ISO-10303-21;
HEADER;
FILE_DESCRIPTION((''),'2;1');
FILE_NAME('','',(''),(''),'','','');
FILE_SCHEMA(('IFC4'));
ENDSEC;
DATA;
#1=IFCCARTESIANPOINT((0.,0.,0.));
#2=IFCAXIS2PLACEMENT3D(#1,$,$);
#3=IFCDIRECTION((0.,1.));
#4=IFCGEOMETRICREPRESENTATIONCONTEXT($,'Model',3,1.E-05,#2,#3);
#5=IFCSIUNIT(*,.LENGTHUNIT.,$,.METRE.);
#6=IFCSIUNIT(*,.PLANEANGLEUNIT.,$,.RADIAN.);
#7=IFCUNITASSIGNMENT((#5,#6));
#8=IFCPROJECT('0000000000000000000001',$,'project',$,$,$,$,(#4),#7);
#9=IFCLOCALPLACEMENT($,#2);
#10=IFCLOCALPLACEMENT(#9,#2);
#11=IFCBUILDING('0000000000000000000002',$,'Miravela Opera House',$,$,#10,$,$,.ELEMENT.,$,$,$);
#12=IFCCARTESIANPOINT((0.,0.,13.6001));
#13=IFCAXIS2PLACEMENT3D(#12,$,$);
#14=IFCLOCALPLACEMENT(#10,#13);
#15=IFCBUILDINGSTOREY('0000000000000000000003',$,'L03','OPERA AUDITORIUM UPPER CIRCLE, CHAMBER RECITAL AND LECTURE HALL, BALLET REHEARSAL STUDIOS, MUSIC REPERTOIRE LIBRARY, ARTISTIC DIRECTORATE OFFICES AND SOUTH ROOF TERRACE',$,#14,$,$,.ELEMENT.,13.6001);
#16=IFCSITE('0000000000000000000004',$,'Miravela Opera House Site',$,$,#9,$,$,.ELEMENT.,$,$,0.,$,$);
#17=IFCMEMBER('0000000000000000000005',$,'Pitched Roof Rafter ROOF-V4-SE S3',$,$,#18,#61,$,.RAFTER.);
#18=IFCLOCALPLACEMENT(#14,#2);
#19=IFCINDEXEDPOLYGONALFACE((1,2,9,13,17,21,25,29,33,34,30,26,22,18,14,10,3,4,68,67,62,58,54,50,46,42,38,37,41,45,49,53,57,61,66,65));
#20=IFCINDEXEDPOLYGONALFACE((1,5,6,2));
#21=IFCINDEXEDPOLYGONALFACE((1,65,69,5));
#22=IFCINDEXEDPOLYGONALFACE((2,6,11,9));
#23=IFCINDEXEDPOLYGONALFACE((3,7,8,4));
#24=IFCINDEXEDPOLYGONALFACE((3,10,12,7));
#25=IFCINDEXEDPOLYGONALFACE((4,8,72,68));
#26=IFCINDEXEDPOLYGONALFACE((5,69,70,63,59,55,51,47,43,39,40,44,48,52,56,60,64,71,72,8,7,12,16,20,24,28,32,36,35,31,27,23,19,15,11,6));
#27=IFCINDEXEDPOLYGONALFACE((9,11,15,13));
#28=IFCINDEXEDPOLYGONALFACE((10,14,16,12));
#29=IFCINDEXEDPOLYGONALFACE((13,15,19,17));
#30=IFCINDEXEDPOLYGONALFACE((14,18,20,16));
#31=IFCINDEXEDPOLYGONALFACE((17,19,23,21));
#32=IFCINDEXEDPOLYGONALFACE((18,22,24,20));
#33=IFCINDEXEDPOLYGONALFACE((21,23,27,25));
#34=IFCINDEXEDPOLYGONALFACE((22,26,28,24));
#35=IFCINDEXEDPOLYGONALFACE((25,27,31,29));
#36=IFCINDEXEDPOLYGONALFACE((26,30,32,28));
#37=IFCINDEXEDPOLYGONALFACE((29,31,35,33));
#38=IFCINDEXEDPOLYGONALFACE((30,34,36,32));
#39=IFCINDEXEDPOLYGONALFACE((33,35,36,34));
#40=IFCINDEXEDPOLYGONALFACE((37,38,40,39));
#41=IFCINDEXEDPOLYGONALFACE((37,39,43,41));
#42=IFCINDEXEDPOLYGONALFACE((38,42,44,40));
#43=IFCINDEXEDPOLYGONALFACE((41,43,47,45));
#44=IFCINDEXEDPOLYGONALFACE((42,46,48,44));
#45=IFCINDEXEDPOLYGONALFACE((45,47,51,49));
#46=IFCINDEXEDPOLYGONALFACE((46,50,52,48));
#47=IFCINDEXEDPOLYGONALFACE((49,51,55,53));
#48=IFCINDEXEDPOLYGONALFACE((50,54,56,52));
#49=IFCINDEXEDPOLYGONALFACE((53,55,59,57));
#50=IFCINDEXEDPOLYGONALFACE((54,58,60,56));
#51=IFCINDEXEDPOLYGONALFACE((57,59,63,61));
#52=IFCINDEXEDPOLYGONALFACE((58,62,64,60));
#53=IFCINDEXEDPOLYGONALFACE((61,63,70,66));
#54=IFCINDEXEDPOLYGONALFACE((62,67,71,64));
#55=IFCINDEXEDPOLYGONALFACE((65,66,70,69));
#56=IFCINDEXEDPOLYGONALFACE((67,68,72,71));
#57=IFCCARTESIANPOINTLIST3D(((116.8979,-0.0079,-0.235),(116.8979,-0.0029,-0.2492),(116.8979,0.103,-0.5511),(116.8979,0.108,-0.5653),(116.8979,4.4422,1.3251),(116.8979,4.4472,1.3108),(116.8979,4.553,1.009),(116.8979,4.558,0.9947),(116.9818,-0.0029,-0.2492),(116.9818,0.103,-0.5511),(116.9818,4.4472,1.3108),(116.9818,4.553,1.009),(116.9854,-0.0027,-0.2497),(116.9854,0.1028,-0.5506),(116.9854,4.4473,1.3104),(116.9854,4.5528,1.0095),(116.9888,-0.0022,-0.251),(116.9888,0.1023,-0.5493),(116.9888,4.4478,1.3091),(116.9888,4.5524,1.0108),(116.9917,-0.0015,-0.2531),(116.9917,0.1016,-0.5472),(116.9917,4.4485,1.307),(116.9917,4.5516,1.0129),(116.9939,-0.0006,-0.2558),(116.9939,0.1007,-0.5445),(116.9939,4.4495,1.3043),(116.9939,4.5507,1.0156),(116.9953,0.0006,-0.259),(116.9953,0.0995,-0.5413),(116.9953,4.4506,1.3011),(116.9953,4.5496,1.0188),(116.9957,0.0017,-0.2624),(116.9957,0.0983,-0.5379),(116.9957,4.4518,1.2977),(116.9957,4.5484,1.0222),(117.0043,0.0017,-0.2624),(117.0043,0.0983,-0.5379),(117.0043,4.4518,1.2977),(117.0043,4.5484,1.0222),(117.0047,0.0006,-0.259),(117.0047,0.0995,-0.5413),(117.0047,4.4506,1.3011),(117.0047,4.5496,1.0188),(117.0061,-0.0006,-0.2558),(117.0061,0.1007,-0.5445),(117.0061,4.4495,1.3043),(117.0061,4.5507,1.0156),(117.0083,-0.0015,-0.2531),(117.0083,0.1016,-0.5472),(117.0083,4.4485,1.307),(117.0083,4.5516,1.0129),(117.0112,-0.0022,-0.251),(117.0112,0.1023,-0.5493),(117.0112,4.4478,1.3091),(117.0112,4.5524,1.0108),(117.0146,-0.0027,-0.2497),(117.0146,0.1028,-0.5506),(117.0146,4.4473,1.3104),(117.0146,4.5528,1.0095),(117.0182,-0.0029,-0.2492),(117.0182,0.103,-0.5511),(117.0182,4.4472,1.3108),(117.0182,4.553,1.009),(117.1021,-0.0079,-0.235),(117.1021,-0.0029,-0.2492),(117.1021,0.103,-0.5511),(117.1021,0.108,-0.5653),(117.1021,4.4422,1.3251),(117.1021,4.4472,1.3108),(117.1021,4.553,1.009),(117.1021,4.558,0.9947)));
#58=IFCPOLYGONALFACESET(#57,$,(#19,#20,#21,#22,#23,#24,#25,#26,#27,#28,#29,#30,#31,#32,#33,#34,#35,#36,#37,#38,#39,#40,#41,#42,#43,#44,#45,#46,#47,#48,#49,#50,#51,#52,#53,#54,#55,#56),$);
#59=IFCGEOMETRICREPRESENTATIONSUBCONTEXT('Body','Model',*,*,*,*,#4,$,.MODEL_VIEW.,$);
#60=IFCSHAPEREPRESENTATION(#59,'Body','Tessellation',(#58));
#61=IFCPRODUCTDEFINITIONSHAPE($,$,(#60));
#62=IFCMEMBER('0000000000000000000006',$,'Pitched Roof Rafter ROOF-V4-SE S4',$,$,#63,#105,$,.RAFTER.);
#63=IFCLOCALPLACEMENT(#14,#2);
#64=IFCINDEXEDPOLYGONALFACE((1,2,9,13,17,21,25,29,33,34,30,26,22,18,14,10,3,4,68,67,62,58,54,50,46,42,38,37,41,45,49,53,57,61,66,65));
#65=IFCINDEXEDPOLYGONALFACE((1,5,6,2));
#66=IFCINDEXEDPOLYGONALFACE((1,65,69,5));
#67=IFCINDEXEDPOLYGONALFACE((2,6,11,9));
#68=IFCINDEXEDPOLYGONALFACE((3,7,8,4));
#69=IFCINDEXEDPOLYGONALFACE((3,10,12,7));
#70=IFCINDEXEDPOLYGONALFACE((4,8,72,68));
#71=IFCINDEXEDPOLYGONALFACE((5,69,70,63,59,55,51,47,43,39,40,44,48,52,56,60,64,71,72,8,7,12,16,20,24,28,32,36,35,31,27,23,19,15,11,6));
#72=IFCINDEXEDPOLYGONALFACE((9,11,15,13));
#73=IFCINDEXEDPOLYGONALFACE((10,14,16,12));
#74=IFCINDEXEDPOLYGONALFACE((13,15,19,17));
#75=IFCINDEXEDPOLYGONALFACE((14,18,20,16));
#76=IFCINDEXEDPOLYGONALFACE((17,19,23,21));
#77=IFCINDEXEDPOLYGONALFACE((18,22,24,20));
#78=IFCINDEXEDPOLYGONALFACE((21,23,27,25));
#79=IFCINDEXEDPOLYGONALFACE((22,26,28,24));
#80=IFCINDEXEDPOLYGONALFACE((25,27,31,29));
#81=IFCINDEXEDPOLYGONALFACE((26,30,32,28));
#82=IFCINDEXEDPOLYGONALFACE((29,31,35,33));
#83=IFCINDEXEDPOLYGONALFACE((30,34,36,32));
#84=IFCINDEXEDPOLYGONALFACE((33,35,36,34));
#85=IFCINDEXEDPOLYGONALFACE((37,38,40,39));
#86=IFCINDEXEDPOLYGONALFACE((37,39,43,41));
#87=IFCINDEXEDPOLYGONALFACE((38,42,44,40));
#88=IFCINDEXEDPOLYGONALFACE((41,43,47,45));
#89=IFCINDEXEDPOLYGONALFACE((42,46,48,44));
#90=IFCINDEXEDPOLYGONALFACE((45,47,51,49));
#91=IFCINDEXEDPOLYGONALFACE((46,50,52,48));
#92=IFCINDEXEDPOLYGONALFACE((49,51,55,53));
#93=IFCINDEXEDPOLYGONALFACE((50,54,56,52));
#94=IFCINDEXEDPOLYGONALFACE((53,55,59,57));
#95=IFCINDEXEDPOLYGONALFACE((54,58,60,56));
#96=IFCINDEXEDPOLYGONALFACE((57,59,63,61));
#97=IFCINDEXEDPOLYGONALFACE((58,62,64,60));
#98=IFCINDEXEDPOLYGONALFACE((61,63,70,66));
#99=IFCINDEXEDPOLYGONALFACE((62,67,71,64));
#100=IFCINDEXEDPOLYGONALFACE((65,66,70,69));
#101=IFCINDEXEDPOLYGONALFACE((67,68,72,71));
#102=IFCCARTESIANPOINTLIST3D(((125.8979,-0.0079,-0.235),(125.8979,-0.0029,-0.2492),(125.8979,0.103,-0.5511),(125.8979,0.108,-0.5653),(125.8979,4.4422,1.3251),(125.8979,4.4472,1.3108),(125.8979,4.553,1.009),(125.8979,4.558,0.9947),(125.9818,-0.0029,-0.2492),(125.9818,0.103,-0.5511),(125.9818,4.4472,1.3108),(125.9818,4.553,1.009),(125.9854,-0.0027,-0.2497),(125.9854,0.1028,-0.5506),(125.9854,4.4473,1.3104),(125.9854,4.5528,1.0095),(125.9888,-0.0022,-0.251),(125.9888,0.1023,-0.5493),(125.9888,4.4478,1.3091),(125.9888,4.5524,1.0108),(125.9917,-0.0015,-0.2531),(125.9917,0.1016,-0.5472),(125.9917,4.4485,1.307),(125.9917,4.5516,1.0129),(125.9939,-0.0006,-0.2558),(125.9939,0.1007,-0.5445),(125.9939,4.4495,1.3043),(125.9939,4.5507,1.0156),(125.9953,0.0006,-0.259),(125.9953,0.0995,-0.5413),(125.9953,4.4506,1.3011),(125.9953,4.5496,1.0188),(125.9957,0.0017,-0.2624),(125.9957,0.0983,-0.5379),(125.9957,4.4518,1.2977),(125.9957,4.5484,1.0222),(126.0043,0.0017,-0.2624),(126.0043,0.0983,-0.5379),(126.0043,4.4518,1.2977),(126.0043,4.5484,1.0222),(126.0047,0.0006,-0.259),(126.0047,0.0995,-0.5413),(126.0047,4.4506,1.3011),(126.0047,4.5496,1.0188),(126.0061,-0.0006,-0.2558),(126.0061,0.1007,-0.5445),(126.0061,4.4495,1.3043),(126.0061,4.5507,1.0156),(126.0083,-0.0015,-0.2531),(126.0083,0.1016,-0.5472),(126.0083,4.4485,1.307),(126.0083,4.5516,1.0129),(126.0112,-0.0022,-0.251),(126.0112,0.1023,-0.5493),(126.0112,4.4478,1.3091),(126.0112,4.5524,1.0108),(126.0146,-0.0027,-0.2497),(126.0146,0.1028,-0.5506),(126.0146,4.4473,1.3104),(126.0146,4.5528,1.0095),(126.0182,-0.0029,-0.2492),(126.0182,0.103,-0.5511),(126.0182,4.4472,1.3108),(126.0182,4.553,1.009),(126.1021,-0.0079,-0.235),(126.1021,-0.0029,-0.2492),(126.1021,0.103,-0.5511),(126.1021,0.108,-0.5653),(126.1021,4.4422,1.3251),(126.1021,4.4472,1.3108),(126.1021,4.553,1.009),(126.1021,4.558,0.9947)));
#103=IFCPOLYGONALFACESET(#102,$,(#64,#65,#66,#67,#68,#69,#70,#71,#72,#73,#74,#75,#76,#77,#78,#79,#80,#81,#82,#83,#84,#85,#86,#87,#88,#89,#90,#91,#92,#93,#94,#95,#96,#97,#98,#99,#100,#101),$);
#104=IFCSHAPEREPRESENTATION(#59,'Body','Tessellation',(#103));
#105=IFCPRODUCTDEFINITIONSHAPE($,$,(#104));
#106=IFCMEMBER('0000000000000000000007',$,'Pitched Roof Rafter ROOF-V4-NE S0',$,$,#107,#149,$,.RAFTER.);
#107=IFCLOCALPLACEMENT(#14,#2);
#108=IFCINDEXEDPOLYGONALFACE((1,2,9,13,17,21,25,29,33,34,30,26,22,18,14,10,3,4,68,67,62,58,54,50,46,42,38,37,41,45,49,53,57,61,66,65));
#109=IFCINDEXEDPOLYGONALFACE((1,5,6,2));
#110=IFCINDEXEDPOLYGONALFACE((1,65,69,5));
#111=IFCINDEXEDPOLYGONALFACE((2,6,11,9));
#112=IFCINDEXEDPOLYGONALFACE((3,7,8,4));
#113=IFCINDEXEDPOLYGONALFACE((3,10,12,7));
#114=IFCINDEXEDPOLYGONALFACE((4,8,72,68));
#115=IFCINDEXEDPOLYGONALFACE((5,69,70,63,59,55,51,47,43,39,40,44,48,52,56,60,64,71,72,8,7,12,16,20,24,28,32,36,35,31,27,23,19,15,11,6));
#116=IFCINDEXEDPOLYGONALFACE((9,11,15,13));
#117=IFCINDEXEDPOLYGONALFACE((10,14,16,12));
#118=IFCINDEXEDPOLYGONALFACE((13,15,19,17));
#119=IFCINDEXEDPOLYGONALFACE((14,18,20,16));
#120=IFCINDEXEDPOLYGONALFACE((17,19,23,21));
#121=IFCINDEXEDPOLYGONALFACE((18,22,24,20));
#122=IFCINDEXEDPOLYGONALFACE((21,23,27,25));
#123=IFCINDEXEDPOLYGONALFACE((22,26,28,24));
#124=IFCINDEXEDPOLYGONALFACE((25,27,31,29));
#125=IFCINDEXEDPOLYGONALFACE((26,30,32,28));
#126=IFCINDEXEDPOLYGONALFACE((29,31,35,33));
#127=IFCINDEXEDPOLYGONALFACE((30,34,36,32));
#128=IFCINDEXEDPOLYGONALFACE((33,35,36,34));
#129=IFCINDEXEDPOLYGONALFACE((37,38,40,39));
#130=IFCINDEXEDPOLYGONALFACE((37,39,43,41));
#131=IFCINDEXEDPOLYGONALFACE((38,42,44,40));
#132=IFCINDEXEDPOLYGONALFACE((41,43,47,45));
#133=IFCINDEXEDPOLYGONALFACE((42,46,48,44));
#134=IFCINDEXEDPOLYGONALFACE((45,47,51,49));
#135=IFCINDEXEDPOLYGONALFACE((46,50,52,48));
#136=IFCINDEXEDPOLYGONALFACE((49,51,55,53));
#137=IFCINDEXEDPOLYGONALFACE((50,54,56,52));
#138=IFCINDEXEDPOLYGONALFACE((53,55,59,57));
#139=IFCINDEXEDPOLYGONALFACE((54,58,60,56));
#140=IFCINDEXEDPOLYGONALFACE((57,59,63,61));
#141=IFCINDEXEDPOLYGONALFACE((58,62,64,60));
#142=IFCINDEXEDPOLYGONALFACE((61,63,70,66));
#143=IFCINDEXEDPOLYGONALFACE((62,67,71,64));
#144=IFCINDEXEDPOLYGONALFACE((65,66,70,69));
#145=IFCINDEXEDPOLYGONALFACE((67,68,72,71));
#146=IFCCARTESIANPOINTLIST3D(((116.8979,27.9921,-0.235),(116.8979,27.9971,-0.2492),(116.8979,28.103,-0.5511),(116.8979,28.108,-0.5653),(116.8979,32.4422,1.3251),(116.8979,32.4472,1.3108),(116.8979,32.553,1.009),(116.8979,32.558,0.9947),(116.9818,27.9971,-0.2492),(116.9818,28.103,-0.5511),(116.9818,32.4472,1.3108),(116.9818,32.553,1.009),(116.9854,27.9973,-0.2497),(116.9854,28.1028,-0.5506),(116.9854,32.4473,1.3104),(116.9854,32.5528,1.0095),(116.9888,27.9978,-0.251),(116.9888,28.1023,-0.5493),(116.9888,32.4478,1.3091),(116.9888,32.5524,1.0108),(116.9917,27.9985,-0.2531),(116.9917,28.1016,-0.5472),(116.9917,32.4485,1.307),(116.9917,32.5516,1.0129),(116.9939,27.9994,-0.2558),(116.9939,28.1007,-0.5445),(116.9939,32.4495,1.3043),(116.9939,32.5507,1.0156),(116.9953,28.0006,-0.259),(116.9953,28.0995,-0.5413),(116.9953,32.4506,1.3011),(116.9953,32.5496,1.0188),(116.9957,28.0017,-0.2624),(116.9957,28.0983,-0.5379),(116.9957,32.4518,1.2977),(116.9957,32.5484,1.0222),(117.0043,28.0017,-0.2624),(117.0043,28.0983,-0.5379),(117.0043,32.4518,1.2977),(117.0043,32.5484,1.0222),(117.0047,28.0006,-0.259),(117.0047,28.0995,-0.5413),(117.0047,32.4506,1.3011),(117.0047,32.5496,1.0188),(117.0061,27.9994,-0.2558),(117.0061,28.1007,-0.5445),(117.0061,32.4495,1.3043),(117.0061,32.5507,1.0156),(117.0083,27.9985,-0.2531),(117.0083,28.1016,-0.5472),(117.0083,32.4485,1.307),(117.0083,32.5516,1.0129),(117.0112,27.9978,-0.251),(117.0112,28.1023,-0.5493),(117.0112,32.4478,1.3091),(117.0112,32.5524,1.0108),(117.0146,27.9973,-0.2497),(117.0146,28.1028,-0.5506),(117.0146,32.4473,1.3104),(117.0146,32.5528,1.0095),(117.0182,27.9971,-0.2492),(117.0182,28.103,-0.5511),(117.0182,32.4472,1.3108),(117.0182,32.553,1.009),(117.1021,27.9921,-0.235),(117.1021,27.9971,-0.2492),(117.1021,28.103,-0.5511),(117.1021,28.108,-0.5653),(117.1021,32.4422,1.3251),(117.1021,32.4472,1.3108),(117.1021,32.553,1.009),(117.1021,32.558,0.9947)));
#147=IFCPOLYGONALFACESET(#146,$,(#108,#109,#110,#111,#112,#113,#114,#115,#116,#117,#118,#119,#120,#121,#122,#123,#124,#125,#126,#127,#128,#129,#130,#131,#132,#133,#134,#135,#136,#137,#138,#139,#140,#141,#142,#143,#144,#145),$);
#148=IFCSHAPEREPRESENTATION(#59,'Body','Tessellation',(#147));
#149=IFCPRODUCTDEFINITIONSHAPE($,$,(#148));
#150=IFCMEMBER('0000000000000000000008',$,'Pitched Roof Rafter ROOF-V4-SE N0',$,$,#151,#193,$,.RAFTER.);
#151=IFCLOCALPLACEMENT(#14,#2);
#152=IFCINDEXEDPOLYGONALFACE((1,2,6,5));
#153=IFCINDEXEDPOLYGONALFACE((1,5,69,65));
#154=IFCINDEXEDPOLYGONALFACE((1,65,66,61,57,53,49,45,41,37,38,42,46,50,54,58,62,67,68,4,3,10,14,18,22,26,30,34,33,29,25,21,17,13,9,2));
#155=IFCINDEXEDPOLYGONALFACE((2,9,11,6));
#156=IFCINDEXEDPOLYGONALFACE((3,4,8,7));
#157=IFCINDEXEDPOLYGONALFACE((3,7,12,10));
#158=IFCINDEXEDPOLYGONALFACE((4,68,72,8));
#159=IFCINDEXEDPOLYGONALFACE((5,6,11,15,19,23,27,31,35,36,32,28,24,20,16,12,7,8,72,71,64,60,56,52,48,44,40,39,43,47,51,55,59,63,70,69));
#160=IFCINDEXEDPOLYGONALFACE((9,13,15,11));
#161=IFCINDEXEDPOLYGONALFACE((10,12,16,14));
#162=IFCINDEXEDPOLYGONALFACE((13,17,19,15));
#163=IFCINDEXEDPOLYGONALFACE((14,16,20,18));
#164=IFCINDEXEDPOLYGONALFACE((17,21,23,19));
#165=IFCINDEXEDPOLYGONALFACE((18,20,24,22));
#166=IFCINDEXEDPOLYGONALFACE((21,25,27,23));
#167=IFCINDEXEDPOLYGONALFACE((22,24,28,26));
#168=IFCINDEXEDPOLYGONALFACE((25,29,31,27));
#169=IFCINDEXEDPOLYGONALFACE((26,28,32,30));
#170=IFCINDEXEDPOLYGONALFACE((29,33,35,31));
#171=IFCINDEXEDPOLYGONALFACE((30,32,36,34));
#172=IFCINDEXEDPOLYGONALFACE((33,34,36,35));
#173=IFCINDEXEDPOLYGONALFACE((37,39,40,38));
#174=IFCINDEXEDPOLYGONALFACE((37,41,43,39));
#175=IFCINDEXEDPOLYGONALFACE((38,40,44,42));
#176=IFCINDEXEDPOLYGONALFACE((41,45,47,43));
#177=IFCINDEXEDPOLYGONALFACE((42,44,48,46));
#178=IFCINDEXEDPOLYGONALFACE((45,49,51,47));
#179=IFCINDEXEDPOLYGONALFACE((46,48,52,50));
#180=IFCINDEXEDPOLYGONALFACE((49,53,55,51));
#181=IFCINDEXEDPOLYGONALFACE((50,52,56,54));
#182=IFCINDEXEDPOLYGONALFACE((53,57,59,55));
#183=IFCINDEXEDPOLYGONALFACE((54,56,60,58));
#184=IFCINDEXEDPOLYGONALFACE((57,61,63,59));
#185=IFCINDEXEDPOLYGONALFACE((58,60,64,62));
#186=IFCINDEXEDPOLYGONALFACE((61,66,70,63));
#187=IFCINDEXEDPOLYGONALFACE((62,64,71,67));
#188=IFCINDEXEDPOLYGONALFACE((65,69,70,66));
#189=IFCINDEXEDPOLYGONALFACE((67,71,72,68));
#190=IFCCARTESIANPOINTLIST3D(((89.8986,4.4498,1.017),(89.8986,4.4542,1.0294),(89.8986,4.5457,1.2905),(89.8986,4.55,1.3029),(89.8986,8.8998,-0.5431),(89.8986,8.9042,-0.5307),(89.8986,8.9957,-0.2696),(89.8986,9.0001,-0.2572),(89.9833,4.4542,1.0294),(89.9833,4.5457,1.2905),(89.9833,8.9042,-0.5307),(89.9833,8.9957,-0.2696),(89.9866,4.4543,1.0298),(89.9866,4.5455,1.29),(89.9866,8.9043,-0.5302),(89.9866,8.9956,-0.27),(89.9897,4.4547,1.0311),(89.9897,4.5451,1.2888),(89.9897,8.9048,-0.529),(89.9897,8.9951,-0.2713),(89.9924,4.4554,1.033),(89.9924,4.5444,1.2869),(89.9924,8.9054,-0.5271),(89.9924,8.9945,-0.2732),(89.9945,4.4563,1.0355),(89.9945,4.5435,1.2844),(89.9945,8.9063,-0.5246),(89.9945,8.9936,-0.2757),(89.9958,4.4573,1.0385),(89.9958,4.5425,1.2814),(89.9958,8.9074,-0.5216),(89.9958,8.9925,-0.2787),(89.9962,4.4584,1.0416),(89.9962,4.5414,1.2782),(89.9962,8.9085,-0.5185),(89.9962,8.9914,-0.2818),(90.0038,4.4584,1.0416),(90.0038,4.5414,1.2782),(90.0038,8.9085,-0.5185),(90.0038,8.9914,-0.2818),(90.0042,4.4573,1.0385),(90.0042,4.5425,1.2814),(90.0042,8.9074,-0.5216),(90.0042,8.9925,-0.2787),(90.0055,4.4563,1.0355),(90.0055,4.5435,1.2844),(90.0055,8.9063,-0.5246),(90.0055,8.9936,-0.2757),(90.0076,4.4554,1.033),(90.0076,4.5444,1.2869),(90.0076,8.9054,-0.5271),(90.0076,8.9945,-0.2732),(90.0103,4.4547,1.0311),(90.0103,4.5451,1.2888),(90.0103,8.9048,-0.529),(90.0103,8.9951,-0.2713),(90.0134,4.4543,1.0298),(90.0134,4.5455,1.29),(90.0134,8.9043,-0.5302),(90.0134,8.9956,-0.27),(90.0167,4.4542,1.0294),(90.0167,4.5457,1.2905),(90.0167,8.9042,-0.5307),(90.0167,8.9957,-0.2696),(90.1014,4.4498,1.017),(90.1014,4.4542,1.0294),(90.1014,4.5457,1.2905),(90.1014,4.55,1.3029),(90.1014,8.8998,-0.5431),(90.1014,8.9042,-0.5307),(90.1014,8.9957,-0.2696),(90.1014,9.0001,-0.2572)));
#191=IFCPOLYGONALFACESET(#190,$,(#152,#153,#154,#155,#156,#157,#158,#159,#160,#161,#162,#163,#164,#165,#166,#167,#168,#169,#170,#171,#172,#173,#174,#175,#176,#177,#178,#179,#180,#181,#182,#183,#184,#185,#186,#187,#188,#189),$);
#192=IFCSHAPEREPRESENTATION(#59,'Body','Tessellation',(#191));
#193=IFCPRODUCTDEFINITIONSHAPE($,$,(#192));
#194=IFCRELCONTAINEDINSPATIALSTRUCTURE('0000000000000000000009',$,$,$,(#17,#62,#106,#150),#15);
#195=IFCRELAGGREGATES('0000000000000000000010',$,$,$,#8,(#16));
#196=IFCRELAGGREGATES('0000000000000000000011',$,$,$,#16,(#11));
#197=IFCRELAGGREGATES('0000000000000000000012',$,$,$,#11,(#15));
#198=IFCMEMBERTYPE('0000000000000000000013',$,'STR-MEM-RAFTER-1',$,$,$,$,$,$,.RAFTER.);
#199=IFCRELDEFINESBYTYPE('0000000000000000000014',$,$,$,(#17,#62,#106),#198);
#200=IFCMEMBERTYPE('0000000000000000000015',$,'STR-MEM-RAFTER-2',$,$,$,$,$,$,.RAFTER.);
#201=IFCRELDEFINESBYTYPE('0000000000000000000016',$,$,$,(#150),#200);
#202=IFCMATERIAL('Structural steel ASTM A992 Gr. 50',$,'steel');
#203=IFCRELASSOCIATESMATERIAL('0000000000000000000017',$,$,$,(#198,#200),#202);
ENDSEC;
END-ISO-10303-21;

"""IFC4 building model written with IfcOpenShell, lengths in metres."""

from ifc_helpers import new_model, si_unit, direction, frame, origin, origin_2d, place, context, subcontext, project, spatial, i_section, extrude, material, material_profile, profile_set, type_object, element, save


model = new_model("IFC4")

# Units and contexts
model_context = context("Model", 3, precision=1e-05, world=origin(), true_north=direction((0.0, 1.0)))
body_context = subcontext(model_context, "Body", "Model", "MODEL_VIEW")
ifc_project = project(units=[si_unit("LENGTHUNIT", "METRE"), si_unit("PLANEANGLEUNIT", "RADIAN")], contexts=[model_context])

# Site, building, storey
site_placement = place(None, origin())
site = spatial("IfcSite", under=ifc_project, at=site_placement, Name="Miravela Opera House Site", CompositionType="ELEMENT", RefElevation=0.0)
building_placement = place(site_placement, origin())
building = spatial("IfcBuilding", under=site, at=building_placement, Name="Miravela Opera House", CompositionType="ELEMENT")
storey_placement = place(building_placement, frame((0.0, 0.0, 13.6001)))
storey = spatial("IfcBuildingStorey", under=building, at=storey_placement, Name="L03", Description="OPERA AUDITORIUM UPPER CIRCLE, CHAMBER RECITAL AND LECTURE HALL, BALLET REHEARSAL STUDIOS, MUSIC REPERTOIRE LIBRARY, ARTISTIC DIRECTORATE OFFICES AND SOUTH ROOF TERRACE", CompositionType="ELEMENT", Elevation=13.6001)

# Shared definitions
ifc_material_1 = material(Name="Structural steel ASTM A992 Gr. 50", Category="steel")

# Members
ifc_material_profile_1 = material_profile(ifc_material_1, i_section(OverallWidth=0.2041, OverallDepth=0.3501, WebThickness=0.0085, FlangeThickness=0.0151, FilletRadius=0.0139, at=origin_2d()), Name="W360X72")
ifc_profile_set_1 = profile_set([ifc_material_profile_1])
member_type_1 = type_object("IfcMemberType", Name="STR-MEM-RAFTER-1", PredefinedType="RAFTER", material=ifc_profile_set_1)
for number, where, z_axis, x_axis, name in (
    (1, (117.0, 0.05, -0.4001), (0.0, 0.943688, 0.330837), (-1.0, 0.0, 0.0), "Pitched Roof Rafter ROOF-V4-SE S3"),
    (2, (126.0, 0.05, -0.4001), (0.0, 0.943688, 0.330837), (-1.0, 0.0, 0.0), "Pitched Roof Rafter ROOF-V4-SE S4"),
    (3, (117.0, 28.05, -0.4001), (0.0, 0.943688, 0.330837), (-1.0, 0.0, 0.0), "Pitched Roof Rafter ROOF-V4-NE S0"),
):
    element("IfcMember", number, at=place(storey_placement, frame(where, z_axis=z_axis, x_axis=x_axis)), inside=storey, type_object=member_type_1, Name=name, PredefinedType="RAFTER", context=body_context, shape_type="SweptSolid", body=[
        extrude(i_section(OverallWidth=0.2041, OverallDepth=0.3501, WebThickness=0.0085, FlangeThickness=0.0151, FilletRadius=0.0139, at=origin_2d()), origin(), (0.0, 0.0, 1.0), 4.7156),
    ])
ifc_material_profile_2 = material_profile(ifc_material_1, i_section(OverallWidth=0.2029, OverallDepth=0.303, WebThickness=0.0076, FlangeThickness=0.0132, FilletRadius=0.0129, at=origin_2d()), Name="W310X60")
ifc_profile_set_2 = profile_set([ifc_material_profile_2])
member_type_2 = type_object("IfcMemberType", Name="STR-MEM-RAFTER-2", PredefinedType="RAFTER", material=ifc_profile_set_2)
for number, where, z_axis, x_axis, name in (
    (4, (90.0, 8.95, -0.4001), (0.0, -0.943688, 0.330837), (1.0, 0.0, 0.0), "Pitched Roof Rafter ROOF-V4-SE N0"),
):
    element("IfcMember", number, at=place(storey_placement, frame(where, z_axis=z_axis, x_axis=x_axis)), inside=storey, type_object=member_type_2, Name=name, PredefinedType="RAFTER", context=body_context, shape_type="SweptSolid", body=[
        extrude(i_section(OverallWidth=0.2029, OverallDepth=0.303, WebThickness=0.0076, FlangeThickness=0.0132, FilletRadius=0.0129, at=origin_2d()), origin(), (0.0, 0.0, 1.0), 4.7156),
    ])

save(model, "model.ifc")
